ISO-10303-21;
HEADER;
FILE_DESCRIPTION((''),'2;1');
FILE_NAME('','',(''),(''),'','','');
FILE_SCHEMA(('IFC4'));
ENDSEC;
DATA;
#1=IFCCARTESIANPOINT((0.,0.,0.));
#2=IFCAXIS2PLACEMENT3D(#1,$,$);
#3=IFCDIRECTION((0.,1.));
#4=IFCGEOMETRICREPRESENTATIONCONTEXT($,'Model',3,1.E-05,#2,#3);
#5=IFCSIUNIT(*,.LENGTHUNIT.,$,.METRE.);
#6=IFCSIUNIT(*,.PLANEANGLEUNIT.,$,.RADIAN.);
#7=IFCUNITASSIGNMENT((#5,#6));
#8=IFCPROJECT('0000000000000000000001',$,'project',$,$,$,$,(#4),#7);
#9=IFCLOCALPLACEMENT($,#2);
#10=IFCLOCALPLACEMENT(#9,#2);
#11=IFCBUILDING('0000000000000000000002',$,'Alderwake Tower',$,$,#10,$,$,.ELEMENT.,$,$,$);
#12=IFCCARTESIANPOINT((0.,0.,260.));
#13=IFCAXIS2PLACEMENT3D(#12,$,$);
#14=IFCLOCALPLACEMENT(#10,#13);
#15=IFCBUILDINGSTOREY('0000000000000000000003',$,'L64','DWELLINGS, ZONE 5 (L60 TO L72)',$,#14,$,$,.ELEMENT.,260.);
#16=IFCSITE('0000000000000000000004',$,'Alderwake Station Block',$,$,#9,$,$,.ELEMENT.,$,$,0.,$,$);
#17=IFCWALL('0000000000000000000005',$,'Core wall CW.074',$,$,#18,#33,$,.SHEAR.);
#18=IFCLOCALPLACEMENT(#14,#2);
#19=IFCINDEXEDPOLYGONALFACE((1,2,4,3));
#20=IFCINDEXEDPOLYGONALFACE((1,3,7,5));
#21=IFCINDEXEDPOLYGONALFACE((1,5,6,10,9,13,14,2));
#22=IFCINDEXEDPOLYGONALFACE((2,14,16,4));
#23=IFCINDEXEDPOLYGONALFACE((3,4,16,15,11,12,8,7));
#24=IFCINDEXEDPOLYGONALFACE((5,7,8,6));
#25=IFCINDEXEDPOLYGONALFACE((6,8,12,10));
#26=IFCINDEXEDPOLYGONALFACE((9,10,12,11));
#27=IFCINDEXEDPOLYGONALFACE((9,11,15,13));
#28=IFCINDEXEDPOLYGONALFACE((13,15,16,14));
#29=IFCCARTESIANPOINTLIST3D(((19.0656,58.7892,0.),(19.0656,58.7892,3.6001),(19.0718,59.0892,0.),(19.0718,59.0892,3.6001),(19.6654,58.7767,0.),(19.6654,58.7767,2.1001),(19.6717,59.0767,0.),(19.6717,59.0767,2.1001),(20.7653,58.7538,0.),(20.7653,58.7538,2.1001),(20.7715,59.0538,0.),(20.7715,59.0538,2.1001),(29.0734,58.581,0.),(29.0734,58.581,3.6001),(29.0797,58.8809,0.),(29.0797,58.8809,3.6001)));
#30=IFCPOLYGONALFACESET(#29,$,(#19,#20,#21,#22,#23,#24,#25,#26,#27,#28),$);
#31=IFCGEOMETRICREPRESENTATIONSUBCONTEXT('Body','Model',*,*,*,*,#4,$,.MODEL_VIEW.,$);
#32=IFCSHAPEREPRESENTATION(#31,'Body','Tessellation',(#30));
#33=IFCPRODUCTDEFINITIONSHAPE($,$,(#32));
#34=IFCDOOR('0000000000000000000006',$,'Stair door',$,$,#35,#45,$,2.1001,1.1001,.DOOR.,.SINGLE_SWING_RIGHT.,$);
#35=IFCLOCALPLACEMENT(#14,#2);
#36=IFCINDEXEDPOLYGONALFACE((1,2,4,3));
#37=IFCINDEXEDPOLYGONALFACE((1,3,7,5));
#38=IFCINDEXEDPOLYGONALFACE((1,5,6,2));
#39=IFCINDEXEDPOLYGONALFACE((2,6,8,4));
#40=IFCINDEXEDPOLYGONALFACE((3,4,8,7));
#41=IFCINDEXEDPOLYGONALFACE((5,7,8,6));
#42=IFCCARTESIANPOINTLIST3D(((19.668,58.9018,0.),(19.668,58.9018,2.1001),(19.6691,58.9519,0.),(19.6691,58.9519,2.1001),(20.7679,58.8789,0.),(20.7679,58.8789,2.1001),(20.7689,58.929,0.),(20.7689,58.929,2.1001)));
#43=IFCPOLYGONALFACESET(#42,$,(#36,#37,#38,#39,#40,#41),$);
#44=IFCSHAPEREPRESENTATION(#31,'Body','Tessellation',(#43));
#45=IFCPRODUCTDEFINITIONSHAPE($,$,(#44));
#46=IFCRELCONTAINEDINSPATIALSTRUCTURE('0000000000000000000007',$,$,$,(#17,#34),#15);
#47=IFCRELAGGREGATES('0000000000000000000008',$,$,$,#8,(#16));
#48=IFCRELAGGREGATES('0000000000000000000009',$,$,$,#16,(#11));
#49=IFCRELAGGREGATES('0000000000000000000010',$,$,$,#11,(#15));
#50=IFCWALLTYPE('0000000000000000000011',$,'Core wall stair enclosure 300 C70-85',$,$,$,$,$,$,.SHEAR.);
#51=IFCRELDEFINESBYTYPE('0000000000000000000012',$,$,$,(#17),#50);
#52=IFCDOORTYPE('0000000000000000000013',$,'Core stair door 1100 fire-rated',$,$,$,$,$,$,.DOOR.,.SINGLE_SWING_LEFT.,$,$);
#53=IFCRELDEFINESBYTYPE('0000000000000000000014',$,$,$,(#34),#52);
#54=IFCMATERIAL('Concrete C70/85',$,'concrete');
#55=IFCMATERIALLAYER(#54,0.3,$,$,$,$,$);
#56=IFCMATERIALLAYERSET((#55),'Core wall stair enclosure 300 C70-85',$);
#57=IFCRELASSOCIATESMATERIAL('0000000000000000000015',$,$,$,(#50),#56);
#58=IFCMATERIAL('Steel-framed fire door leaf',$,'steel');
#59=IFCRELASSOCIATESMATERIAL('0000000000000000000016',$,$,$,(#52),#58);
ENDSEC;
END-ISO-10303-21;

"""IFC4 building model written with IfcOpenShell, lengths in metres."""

from ifc_helpers import new_model, si_unit, direction, frame, frame_2d, origin, place, context, subcontext, project, spatial, rectangle, extrude, material, layer, layer_set, type_object, element, fill, save


model = new_model("IFC4")

# Units and contexts
model_context = context("Model", 3, precision=1e-05, world=origin(), true_north=direction((0.0, 1.0)))
body_context = subcontext(model_context, "Body", "Model", "MODEL_VIEW")
ifc_project = project(units=[si_unit("LENGTHUNIT", "METRE"), si_unit("PLANEANGLEUNIT", "RADIAN")], contexts=[model_context])

# Site, building, storey
site_placement = place(None, origin())
site = spatial("IfcSite", under=ifc_project, at=site_placement, Name="Alderwake Station Block", CompositionType="ELEMENT", RefElevation=0.0)
building_placement = place(site_placement, origin())
building = spatial("IfcBuilding", under=site, at=building_placement, Name="Alderwake Tower", CompositionType="ELEMENT")
storey_placement = place(building_placement, frame((0.0, 0.0, 260.0)))
storey = spatial("IfcBuildingStorey", under=building, at=storey_placement, Name="L64", Description="DWELLINGS, ZONE 5 (L60 TO L72)", CompositionType="ELEMENT", Elevation=260.0)

# Wall, opening, door
ifc_material_1 = material(Name="Concrete C70/85", Category="concrete")
ifc_layer_1 = layer(ifc_material_1, 0.3)
ifc_layer_set_1 = layer_set([ifc_layer_1], Name="Core wall stair enclosure 300 C70-85")
wall_type_1 = type_object("IfcWallType", Name="Core wall stair enclosure 300 C70-85", PredefinedType="SHEAR", material=ifc_layer_set_1)
wall_1_placement = place(storey_placement, frame((29.0764, 58.731, 0.0), z_axis=(0.0, 0.0, 1.0), x_axis=(-0.999784, 0.020804, 0.0)))
wall_1 = element("IfcWall", 1, at=wall_1_placement, inside=storey, type_object=wall_type_1, Name="Core wall CW.074", PredefinedType="SHEAR", context=body_context, shape_type="SweptSolid", body=[
    extrude(rectangle(XDim=10.01, YDim=0.3, at=frame_2d((5.0049, 0.0))), origin(), (0.0, 0.0, 1.0), 3.6001),
])
opening_1_placement = place(wall_1_placement, frame((8.3098, 0.0, 0.0)))
opening_1 = element("IfcOpeningElement", 2, at=opening_1_placement, cuts=wall_1, PredefinedType="OPENING", context=body_context, shape_type="SweptSolid", body=[
    extrude(rectangle(XDim=1.1001, YDim=2.1001, at=frame_2d((0.55, 1.05))), frame((0.0, 0.1599, 0.0), z_axis=(0.0, -1.0, 0.0), x_axis=(1.0, 0.0, 0.0)), (0.0, 0.0, 1.0), 0.3201),
])
ifc_material_2 = material(Name="Steel-framed fire door leaf", Category="steel")
door_type_1 = type_object("IfcDoorType", Name="Core stair door 1100 fire-rated", OperationType="SINGLE_SWING_LEFT", PredefinedType="DOOR", material=ifc_material_2)
door_1_placement = place(opening_1_placement, origin())
door_1 = element("IfcDoor", 3, at=door_1_placement, inside=storey, type_object=door_type_1, Name="Stair door", OperationType="SINGLE_SWING_RIGHT", OverallHeight=2.1001, OverallWidth=1.1001, PredefinedType="DOOR", context=body_context, shape_type="SweptSolid", body=[
    extrude(rectangle(XDim=1.1001, YDim=2.1001, at=frame_2d((0.55, 1.05))), frame((0.0, 0.0249, 0.0), z_axis=(0.0, -1.0, 0.0), x_axis=(1.0, 0.0, 0.0)), (0.0, 0.0, 1.0), 0.05),
])
fill(opening_1, door_1)

save(model, "model.ifc")
